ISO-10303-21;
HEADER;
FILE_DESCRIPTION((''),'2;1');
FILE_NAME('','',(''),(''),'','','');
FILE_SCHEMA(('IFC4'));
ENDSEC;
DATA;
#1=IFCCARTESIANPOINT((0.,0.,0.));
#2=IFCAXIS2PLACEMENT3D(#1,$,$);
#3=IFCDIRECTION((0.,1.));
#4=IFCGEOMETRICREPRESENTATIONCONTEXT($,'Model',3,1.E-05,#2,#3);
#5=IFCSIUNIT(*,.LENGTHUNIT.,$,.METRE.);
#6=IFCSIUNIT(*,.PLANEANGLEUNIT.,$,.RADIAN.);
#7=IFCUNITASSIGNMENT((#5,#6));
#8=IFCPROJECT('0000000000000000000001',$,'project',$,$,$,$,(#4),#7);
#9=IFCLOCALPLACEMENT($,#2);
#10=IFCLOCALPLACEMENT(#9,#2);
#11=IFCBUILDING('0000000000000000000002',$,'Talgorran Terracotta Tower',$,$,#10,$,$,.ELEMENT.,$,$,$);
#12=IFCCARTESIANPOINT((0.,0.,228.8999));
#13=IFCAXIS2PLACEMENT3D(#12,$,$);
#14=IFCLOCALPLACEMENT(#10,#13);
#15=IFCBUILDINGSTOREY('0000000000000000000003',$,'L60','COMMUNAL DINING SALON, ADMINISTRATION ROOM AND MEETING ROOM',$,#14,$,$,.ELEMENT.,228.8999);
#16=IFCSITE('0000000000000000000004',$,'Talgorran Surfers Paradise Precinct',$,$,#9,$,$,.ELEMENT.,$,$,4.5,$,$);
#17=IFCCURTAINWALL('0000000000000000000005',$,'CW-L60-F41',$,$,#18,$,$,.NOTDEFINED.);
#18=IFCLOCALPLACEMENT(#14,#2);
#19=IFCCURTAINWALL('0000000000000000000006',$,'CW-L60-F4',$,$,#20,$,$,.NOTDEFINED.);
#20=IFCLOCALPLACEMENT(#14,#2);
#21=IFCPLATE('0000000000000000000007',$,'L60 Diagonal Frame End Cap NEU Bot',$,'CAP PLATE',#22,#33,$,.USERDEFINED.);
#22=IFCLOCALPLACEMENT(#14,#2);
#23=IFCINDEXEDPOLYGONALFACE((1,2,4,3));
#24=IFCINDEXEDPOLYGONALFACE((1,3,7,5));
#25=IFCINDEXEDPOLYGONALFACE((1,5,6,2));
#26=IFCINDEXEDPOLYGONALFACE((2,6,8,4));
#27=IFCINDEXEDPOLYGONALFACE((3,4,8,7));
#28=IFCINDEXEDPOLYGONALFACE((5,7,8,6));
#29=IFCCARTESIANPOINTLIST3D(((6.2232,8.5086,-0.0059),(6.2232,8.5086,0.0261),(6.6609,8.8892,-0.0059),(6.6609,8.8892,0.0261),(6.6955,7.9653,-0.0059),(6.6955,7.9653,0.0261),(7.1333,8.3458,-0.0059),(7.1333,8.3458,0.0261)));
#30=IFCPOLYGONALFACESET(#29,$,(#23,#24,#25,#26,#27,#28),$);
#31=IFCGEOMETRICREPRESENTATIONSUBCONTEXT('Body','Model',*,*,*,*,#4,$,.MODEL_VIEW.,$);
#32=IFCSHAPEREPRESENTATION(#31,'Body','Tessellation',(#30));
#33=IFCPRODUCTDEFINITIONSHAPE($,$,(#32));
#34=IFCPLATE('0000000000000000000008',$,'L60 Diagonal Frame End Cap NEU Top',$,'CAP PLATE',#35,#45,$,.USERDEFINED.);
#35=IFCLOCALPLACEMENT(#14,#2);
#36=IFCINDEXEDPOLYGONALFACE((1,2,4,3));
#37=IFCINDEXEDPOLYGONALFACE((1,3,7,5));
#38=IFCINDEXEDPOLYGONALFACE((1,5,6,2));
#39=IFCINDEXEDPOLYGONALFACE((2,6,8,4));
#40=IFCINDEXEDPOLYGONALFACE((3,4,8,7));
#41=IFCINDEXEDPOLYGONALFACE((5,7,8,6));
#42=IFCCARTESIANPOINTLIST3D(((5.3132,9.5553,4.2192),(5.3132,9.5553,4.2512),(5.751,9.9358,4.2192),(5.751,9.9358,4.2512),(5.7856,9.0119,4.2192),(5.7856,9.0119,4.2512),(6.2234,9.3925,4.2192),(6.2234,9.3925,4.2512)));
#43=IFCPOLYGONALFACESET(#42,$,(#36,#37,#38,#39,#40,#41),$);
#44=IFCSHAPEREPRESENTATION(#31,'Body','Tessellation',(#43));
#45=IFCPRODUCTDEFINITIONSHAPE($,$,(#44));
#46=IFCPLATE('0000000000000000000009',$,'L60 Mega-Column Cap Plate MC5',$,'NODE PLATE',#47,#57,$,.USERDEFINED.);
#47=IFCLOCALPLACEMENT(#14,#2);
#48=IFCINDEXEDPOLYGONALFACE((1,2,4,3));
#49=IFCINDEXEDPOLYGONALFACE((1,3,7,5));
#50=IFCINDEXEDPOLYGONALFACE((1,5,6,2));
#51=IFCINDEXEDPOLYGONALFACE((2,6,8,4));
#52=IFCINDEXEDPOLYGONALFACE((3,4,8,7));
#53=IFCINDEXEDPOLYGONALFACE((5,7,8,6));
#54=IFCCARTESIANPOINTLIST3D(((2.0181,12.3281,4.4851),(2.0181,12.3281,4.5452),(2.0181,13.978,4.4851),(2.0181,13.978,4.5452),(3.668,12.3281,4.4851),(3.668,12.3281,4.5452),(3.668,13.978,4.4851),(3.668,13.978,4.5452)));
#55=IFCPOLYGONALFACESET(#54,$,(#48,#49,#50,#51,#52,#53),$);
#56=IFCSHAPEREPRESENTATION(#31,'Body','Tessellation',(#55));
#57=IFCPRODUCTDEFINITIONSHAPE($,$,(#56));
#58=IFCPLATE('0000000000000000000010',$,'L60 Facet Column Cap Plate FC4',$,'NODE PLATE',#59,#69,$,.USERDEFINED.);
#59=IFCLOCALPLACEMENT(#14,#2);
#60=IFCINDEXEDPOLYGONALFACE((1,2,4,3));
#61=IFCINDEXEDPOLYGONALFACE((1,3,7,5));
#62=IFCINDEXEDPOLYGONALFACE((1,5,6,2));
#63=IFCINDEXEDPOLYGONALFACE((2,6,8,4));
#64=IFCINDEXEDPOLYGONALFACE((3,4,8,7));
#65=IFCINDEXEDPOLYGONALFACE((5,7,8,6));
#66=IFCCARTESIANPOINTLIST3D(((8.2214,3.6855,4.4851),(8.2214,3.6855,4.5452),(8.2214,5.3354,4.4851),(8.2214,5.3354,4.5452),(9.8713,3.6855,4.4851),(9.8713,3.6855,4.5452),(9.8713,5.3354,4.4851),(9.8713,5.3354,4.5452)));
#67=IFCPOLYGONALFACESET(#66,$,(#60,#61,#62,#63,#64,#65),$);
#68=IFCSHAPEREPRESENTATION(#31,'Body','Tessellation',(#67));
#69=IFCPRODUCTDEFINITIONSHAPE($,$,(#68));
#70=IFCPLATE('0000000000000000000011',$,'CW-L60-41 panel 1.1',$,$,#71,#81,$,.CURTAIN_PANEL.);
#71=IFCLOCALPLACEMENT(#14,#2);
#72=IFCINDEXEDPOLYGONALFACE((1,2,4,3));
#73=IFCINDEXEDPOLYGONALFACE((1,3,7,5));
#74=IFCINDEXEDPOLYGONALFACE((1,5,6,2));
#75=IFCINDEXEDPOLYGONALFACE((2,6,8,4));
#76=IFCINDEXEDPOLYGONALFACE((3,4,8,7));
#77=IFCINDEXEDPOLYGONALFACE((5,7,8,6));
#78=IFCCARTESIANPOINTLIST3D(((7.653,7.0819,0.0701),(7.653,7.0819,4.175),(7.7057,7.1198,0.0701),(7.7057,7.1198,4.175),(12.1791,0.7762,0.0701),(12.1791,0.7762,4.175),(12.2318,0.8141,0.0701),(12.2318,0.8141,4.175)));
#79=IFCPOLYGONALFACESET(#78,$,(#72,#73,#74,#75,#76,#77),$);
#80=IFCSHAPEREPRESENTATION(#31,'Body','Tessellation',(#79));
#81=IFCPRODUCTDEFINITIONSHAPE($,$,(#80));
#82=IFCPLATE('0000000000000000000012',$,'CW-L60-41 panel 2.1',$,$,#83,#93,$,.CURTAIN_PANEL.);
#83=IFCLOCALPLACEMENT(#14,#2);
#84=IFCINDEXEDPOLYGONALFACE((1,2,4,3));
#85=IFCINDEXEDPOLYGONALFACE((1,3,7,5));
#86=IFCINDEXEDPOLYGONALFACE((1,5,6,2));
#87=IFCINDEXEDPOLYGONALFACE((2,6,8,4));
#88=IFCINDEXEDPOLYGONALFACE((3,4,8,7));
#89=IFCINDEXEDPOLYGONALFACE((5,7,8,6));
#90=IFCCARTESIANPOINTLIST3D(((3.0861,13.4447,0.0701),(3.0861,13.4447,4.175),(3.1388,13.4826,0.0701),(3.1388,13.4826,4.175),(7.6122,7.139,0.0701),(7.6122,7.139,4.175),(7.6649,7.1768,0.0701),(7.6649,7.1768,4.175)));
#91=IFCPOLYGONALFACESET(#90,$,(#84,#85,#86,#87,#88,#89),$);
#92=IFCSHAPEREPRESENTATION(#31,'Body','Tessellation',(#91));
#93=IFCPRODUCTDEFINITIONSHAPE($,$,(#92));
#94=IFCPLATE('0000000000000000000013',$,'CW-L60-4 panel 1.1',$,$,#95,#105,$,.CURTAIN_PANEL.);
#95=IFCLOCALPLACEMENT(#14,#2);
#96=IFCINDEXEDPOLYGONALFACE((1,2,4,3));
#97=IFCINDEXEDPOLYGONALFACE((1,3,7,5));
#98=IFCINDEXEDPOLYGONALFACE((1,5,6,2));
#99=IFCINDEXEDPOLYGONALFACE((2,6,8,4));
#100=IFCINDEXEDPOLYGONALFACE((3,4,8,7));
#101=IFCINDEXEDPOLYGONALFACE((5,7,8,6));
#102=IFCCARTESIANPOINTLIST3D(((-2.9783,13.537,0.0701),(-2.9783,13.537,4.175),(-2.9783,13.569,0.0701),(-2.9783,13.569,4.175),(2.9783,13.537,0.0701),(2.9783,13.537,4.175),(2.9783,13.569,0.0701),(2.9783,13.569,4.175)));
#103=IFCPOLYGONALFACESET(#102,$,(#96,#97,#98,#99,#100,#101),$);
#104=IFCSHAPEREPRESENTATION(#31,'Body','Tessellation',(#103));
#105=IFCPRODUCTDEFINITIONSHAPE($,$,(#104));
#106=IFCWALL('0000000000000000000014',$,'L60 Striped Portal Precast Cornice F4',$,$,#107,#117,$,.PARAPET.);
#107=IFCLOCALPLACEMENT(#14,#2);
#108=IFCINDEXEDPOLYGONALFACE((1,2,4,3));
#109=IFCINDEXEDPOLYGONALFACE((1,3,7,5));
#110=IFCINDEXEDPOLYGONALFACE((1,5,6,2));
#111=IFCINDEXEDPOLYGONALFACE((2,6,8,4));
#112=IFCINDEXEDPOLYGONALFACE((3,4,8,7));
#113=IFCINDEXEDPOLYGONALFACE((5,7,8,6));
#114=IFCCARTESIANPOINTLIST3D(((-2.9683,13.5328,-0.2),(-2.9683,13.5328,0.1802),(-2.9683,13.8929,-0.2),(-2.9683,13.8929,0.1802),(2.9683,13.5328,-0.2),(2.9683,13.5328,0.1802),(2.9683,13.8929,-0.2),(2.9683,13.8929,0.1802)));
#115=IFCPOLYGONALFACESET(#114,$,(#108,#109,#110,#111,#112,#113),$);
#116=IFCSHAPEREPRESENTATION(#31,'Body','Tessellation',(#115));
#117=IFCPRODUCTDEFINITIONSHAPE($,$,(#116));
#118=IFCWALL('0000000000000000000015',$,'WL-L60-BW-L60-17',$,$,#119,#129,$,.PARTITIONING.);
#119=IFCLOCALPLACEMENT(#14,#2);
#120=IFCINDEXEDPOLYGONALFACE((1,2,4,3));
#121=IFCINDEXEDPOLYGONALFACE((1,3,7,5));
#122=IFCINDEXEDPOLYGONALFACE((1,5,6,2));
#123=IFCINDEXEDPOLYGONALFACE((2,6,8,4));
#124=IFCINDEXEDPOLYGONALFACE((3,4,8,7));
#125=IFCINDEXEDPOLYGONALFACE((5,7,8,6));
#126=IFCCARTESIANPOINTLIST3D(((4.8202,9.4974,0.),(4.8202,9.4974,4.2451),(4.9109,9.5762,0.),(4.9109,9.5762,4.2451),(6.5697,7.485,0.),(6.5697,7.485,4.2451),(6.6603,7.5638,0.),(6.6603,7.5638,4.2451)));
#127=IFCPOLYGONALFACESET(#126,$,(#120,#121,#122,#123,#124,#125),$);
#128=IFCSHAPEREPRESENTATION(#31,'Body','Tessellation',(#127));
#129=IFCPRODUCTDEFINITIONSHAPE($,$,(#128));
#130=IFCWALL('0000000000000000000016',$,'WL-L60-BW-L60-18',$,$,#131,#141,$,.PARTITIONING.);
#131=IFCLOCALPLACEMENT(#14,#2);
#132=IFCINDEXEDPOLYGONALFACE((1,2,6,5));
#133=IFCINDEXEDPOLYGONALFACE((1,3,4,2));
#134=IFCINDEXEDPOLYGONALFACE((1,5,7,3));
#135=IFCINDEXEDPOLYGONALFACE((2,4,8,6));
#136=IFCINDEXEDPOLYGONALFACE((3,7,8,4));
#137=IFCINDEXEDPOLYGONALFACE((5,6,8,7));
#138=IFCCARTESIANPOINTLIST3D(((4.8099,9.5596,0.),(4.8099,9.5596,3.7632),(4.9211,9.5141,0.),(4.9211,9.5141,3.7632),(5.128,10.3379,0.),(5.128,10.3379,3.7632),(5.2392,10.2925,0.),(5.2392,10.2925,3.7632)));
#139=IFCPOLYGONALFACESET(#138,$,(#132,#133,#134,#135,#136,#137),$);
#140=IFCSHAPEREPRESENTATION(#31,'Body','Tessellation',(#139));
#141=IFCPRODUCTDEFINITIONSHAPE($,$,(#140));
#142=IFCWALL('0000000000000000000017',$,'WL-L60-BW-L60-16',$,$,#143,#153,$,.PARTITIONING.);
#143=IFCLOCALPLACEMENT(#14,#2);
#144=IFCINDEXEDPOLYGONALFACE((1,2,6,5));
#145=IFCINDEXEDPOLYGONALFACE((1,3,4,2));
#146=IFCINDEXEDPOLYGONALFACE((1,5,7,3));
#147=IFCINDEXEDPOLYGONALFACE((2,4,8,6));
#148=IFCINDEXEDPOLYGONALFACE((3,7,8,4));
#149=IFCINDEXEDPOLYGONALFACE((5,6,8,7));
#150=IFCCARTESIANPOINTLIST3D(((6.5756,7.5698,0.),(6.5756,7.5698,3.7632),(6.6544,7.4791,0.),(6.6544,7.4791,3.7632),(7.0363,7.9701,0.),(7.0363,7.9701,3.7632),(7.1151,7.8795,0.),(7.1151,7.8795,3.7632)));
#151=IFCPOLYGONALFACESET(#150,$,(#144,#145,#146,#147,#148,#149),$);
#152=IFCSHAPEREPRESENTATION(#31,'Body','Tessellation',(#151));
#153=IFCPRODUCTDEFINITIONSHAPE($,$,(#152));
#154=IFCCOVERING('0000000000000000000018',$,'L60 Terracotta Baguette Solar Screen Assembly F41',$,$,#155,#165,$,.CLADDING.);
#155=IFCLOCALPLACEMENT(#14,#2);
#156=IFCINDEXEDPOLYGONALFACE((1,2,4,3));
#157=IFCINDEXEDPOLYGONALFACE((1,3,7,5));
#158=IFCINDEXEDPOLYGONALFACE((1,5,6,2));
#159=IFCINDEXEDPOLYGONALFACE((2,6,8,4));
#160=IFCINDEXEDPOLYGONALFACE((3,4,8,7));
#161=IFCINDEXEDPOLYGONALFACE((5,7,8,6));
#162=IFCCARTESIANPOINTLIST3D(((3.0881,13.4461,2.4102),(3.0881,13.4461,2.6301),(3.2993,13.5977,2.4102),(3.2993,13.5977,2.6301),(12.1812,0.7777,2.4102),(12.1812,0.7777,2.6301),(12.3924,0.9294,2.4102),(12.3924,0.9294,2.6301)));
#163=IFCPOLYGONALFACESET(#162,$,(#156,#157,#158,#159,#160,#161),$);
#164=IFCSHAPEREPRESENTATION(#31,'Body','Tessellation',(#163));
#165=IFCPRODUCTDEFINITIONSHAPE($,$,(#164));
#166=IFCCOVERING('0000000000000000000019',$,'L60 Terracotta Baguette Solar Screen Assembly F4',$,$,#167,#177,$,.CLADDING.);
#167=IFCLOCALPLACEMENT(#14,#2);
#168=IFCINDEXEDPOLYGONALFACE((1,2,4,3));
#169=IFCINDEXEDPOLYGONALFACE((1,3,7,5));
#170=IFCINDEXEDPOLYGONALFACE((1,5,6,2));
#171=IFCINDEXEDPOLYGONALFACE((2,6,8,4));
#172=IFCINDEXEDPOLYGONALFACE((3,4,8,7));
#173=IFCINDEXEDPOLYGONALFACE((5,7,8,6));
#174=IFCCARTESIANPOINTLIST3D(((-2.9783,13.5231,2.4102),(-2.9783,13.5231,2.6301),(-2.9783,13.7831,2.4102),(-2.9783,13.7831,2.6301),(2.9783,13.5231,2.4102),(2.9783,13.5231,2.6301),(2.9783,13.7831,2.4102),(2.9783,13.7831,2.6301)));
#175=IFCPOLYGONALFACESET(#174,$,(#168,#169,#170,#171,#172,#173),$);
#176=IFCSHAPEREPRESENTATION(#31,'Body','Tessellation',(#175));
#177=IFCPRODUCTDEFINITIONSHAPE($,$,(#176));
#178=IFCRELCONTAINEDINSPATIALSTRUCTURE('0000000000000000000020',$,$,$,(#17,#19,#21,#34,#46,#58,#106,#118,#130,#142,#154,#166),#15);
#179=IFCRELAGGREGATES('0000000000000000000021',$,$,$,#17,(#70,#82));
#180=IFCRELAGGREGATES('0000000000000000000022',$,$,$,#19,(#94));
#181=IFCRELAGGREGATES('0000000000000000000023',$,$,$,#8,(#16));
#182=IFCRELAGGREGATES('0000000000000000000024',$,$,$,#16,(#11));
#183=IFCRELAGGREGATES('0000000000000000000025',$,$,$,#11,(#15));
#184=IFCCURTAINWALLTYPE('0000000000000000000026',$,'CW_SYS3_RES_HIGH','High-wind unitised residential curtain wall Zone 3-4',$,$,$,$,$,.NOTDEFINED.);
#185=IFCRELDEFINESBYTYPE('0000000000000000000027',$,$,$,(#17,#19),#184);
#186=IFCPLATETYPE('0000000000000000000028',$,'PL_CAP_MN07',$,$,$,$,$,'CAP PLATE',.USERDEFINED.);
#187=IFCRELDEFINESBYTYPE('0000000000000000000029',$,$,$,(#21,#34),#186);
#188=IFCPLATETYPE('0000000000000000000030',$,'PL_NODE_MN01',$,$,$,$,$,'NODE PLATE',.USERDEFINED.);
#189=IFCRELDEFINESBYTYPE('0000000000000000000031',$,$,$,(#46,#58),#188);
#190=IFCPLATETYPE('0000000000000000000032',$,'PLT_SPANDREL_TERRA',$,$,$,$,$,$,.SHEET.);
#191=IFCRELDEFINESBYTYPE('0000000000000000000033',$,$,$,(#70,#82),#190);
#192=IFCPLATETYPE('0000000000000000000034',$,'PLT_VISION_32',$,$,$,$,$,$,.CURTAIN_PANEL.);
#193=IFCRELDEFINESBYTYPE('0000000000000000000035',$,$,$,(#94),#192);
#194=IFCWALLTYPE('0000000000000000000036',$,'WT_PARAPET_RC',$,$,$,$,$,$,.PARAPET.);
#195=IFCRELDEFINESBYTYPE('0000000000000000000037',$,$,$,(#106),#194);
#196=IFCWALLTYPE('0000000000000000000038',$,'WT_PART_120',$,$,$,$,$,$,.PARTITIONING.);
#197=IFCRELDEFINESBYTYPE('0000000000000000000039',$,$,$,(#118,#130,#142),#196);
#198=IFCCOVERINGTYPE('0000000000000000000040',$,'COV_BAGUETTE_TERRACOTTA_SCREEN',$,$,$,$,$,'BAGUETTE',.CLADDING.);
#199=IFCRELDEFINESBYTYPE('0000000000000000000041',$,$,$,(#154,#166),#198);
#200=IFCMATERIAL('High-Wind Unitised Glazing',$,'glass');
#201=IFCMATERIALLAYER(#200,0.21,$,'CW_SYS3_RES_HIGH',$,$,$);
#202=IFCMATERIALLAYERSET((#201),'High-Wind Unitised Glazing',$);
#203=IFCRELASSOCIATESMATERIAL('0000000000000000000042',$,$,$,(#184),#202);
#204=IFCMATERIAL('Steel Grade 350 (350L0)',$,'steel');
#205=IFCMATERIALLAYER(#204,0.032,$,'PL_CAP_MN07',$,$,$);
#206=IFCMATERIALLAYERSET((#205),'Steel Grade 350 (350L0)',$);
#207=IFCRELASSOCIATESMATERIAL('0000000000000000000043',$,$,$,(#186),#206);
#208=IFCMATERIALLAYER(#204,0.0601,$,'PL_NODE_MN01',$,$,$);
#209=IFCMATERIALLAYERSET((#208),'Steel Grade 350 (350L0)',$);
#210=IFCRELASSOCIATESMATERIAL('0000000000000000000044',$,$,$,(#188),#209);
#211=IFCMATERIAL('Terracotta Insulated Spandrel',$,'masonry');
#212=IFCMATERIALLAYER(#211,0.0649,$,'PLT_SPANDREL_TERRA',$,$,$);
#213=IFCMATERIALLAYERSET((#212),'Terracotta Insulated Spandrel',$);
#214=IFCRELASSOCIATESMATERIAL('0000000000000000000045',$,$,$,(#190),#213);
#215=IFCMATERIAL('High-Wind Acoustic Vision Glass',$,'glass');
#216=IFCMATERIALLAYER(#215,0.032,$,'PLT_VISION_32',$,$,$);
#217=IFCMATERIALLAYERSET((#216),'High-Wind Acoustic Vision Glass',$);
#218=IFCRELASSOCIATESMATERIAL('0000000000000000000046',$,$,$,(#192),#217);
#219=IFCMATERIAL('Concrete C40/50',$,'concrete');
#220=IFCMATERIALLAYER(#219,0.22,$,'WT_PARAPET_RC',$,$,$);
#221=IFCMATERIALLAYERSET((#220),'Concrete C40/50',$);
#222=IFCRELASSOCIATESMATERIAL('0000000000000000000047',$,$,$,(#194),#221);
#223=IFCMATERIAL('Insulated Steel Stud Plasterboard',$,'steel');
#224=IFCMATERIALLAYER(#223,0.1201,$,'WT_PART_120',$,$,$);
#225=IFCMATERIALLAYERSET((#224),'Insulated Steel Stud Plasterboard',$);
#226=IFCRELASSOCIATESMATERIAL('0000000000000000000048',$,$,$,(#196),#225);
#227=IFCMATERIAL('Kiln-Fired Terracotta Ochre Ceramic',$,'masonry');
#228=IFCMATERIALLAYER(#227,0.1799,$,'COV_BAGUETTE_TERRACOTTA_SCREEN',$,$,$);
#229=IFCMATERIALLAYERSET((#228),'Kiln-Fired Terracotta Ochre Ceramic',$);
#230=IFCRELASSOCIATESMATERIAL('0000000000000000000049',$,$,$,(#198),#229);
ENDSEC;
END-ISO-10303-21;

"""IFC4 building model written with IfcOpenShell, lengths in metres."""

from ifc_helpers import new_model, si_unit, direction, frame, frame_2d, origin, origin_2d, place, context, subcontext, project, spatial, rectangle, extrude, source, transform, mapped, material, layer, layer_set, type_object, type_shapes, element, aggregate, save


model = new_model("IFC4")

# Units and contexts
model_context = context("Model", 3, precision=1e-05, world=origin(), true_north=direction((0.0, 1.0)))
body_context = subcontext(model_context, "Body", "Model", "MODEL_VIEW")
ifc_project = project(units=[si_unit("LENGTHUNIT", "METRE"), si_unit("PLANEANGLEUNIT", "RADIAN")], contexts=[model_context])

# Site, building, storey
site_placement = place(None, origin())
site = spatial("IfcSite", under=ifc_project, at=site_placement, Name="Talgorran Surfers Paradise Precinct", CompositionType="ELEMENT", RefElevation=4.5)
building_placement = place(site_placement, origin())
building = spatial("IfcBuilding", under=site, at=building_placement, Name="Talgorran Terracotta Tower", CompositionType="ELEMENT")
storey_placement = place(building_placement, frame((0.0, 0.0, 228.8999)))
storey = spatial("IfcBuildingStorey", under=building, at=storey_placement, Name="L60", Description="COMMUNAL DINING SALON, ADMINISTRATION ROOM AND MEETING ROOM", CompositionType="ELEMENT", Elevation=228.8999)

# Shared definitions
ifc_material_1 = material(Name="Steel Grade 350 (350L0)", Category="steel")

# Curtain wall
ifc_material_2 = material(Name="High-Wind Unitised Glazing", Category="glass")
ifc_layer_1 = layer(ifc_material_2, 0.21, Name="CW_SYS3_RES_HIGH")
ifc_layer_set_1 = layer_set([ifc_layer_1], Name="High-Wind Unitised Glazing")
curtain_wall_type = type_object("IfcCurtainWallType", Name="CW_SYS3_RES_HIGH", Description="High-wind unitised residential curtain wall Zone 3-4", PredefinedType="NOTDEFINED", material=ifc_layer_set_1)
curtain_wall_1_placement = place(storey_placement, origin())
curtain_wall_1 = element("IfcCurtainWall", 1, at=curtain_wall_1_placement, inside=storey, type_object=curtain_wall_type, Name="CW-L60-F41", PredefinedType="NOTDEFINED")

# Curtain wall
curtain_wall_2_placement = place(storey_placement, origin())
curtain_wall_2 = element("IfcCurtainWall", 2, at=curtain_wall_2_placement, inside=storey, type_object=curtain_wall_type, Name="CW-L60-F4", PredefinedType="NOTDEFINED")

# Plates
ifc_layer_2 = layer(ifc_material_1, 0.032, Name="PL_CAP_MN07")
ifc_layer_set_2 = layer_set([ifc_layer_2], Name="Steel Grade 350 (350L0)")
plate_type_1 = type_object("IfcPlateType", Name="PL_CAP_MN07", ElementType="CAP PLATE", PredefinedType="USERDEFINED", material=ifc_layer_set_2)
for number, where, z_axis, x_axis, name in (
    (3, (6.6782, 8.4272, -0.0059), (0.0, 0.0, 1.0), (-0.656059, 0.75471, 0.0), "L60 Diagonal Frame End Cap NEU Bot"),
    (4, (5.7683, 9.4739, 4.2192), (0.0, 0.0, 1.0), (-0.656059, 0.75471, 0.0), "L60 Diagonal Frame End Cap NEU Top"),
):
    element("IfcPlate", number, at=place(storey_placement, frame(where, z_axis=z_axis, x_axis=x_axis)), inside=storey, type_object=plate_type_1, Name=name, ObjectType="CAP PLATE", PredefinedType="USERDEFINED", context=body_context, shape_type="SweptSolid", body=[
        extrude(rectangle(XDim=0.72, YDim=0.5801, at=origin_2d()), origin(), (0.0, 0.0, 1.0), 0.032),
    ])
ifc_layer_3 = layer(ifc_material_1, 0.0601, Name="PL_NODE_MN01")
ifc_layer_set_3 = layer_set([ifc_layer_3], Name="Steel Grade 350 (350L0)")
plate_type_2 = type_object("IfcPlateType", Name="PL_NODE_MN01", ElementType="NODE PLATE", PredefinedType="USERDEFINED", material=ifc_layer_set_3)
for number, where, z_axis, x_axis, name in (
    (5, (2.843, 13.1531, 4.4851), (0.0, 0.0, 1.0), (1.0, 0.0, 0.0), "L60 Mega-Column Cap Plate MC5"),
    (6, (9.0464, 4.5105, 4.4851), (0.0, 0.0, 1.0), (1.0, 0.0, 0.0), "L60 Facet Column Cap Plate FC4"),
):
    element("IfcPlate", number, at=place(storey_placement, frame(where, z_axis=z_axis, x_axis=x_axis)), inside=storey, type_object=plate_type_2, Name=name, ObjectType="NODE PLATE", PredefinedType="USERDEFINED", context=body_context, shape_type="SweptSolid", body=[
        extrude(rectangle(XDim=1.6499, YDim=1.6499, at=origin_2d()), origin(), (0.0, 0.0, 1.0), 0.0601),
    ])

# Plates
ifc_material_3 = material(Name="Terracotta Insulated Spandrel", Category="masonry")
ifc_layer_4 = layer(ifc_material_3, 0.0649, Name="PLT_SPANDREL_TERRA")
ifc_layer_set_4 = layer_set([ifc_layer_4], Name="Terracotta Insulated Spandrel")
plate_type_3 = type_object("IfcPlateType", Name="PLT_SPANDREL_TERRA", PredefinedType="SHEET", material=ifc_layer_set_4)
shared_shape_1 = source(origin(), body_context, "Body", "SweptSolid", [
    extrude(rectangle(XDim=7.762, YDim=0.0649, at=origin_2d()), origin(), (0.0, 0.0, 1.0), 4.105),
])
type_shapes(plate_type_3, [shared_shape_1])
plate_1_placement = place(storey_placement, frame((9.9424, 3.948, 0.0701), z_axis=(0.0, 0.0, 1.0), x_axis=(-0.583112, 0.812392, 0.0)))
plate_1 = element("IfcPlate", 7, at=plate_1_placement, type_object=plate_type_3, Name="CW-L60-41 panel 1.1", PredefinedType="CURTAIN_PANEL", context=body_context, shape_type="MappedRepresentation", body=[
    mapped(shared_shape_1, transform((0.0, 0.0, 0.0), scale=1.0)),
])
plate_2_placement = place(storey_placement, frame((5.3755, 10.3108, 0.0701), z_axis=(0.0, 0.0, 1.0), x_axis=(-0.583112, 0.812392, 0.0)))
plate_2 = element("IfcPlate", 8, at=plate_2_placement, type_object=plate_type_3, Name="CW-L60-41 panel 2.1", PredefinedType="CURTAIN_PANEL", context=body_context, shape_type="MappedRepresentation", body=[
    mapped(shared_shape_1, transform((0.0, 0.0, 0.0), scale=1.0)),
])
aggregate(curtain_wall_1, [plate_1, plate_2])
ifc_material_4 = material(Name="High-Wind Acoustic Vision Glass", Category="glass")
ifc_layer_5 = layer(ifc_material_4, 0.032, Name="PLT_VISION_32")
ifc_layer_set_5 = layer_set([ifc_layer_5], Name="High-Wind Acoustic Vision Glass")
plate_type_4 = type_object("IfcPlateType", Name="PLT_VISION_32", PredefinedType="CURTAIN_PANEL", material=ifc_layer_set_5)
shared_shape_2 = source(origin(), body_context, "Body", "SweptSolid", [
    extrude(rectangle(XDim=5.9565, YDim=0.032, at=origin_2d()), origin(), (0.0, 0.0, 1.0), 4.105),
])
type_shapes(plate_type_4, [shared_shape_2])
plate_3_placement = place(storey_placement, frame((0.0, 13.553, 0.0701), z_axis=(0.0, 0.0, 1.0), x_axis=(-1.0, 0.0, 0.0)))
plate_3 = element("IfcPlate", 9, at=plate_3_placement, type_object=plate_type_4, Name="CW-L60-4 panel 1.1", PredefinedType="CURTAIN_PANEL", context=body_context, shape_type="MappedRepresentation", body=[
    mapped(shared_shape_2, transform((0.0, 0.0, 0.0), scale=1.0)),
])
aggregate(curtain_wall_2, [plate_3])

# Walls
ifc_material_5 = material(Name="Concrete C40/50", Category="concrete")
ifc_layer_6 = layer(ifc_material_5, 0.22, Name="WT_PARAPET_RC")
ifc_layer_set_6 = layer_set([ifc_layer_6], Name="Concrete C40/50")
wall_type_1 = type_object("IfcWallType", Name="WT_PARAPET_RC", PredefinedType="PARAPET", material=ifc_layer_set_6)
wall_1_placement = place(storey_placement, frame((2.9683, 13.7129, -0.2), z_axis=(0.0, 0.0, 1.0), x_axis=(-1.0, 0.0, 0.0)))
element("IfcWall", 10, at=wall_1_placement, inside=storey, type_object=wall_type_1, Name="L60 Striped Portal Precast Cornice F4", PredefinedType="PARAPET", context=body_context, shape_type="SweptSolid", body=[
    extrude(rectangle(XDim=5.9365, YDim=0.3601, at=frame_2d((2.9683, 0.0))), origin(), (0.0, 0.0, 1.0), 0.3801),
])
ifc_material_6 = material(Name="Insulated Steel Stud Plasterboard", Category="steel")
ifc_layer_7 = layer(ifc_material_6, 0.1201, Name="WT_PART_120")
ifc_layer_set_7 = layer_set([ifc_layer_7], Name="Insulated Steel Stud Plasterboard")
wall_type_2 = type_object("IfcWallType", Name="WT_PART_120", PredefinedType="PARTITIONING", material=ifc_layer_set_7)
wall_2_placement = place(storey_placement, frame((6.615, 7.5244, 0.0), z_axis=(0.0, 0.0, 1.0), x_axis=(-0.656084, 0.754688, 0.0)))
element("IfcWall", 11, at=wall_2_placement, inside=storey, type_object=wall_type_2, Name="WL-L60-BW-L60-17", PredefinedType="PARTITIONING", context=body_context, shape_type="SweptSolid", body=[
    extrude(rectangle(XDim=2.6665, YDim=0.1201, at=frame_2d((1.3333, 0.0))), origin(), (0.0, 0.0, 1.0), 4.2451),
])
wall_3_placement = place(storey_placement, frame((4.8655, 9.5369, 0.0), z_axis=(0.0, 0.0, 1.0), x_axis=(0.378339, 0.925667, 0.0)))
element("IfcWall", 12, at=wall_3_placement, inside=storey, type_object=wall_type_2, Name="WL-L60-BW-L60-18", PredefinedType="PARTITIONING", context=body_context, shape_type="SweptSolid", body=[
    extrude(rectangle(XDim=0.8408, YDim=0.1201, at=frame_2d((0.4204, 0.0))), origin(), (0.0, 0.0, 1.0), 3.7632),
])
wall_4_placement = place(storey_placement, frame((7.0757, 7.9248, 0.0), z_axis=(0.0, 0.0, 1.0), x_axis=(-0.754778, -0.655981, 0.0)))
element("IfcWall", 13, at=wall_4_placement, inside=storey, type_object=wall_type_2, Name="WL-L60-BW-L60-16", PredefinedType="PARTITIONING", context=body_context, shape_type="SweptSolid", body=[
    extrude(rectangle(XDim=0.6104, YDim=0.1201, at=frame_2d((0.3052, 0.0))), origin(), (0.0, 0.0, 1.0), 3.7632),
])

# Coverings
ifc_material_7 = material(Name="Kiln-Fired Terracotta Ochre Ceramic", Category="masonry")
ifc_layer_8 = layer(ifc_material_7, 0.1799, Name="COV_BAGUETTE_TERRACOTTA_SCREEN")
ifc_layer_set_8 = layer_set([ifc_layer_8], Name="Kiln-Fired Terracotta Ochre Ceramic")
covering_type_1 = type_object("IfcCoveringType", Name="COV_BAGUETTE_TERRACOTTA_SCREEN", ElementType="BAGUETTE", PredefinedType="CLADDING", material=ifc_layer_set_8)
covering_1_placement = place(storey_placement, frame((7.7402, 7.1877, 2.4102), z_axis=(0.0, 0.0, 1.0), x_axis=(-0.583116, 0.812389, 0.0)))
element("IfcCovering", 14, at=covering_1_placement, inside=storey, type_object=covering_type_1, Name="L60 Terracotta Baguette Solar Screen Assembly F41", PredefinedType="CLADDING", context=body_context, shape_type="SweptSolid", body=[
    extrude(rectangle(XDim=15.594, YDim=0.26, at=origin_2d()), origin(), (0.0, 0.0, 1.0), 0.22),
])
covering_2_placement = place(storey_placement, frame((0.0, 13.6531, 2.4102), z_axis=(0.0, 0.0, 1.0), x_axis=(-1.0, 0.0, 0.0)))
element("IfcCovering", 15, at=covering_2_placement, inside=storey, type_object=covering_type_1, Name="L60 Terracotta Baguette Solar Screen Assembly F4", PredefinedType="CLADDING", context=body_context, shape_type="SweptSolid", body=[
    extrude(rectangle(XDim=5.9565, YDim=0.26, at=origin_2d()), origin(), (0.0, 0.0, 1.0), 0.22),
])

save(model, "model.ifc")
